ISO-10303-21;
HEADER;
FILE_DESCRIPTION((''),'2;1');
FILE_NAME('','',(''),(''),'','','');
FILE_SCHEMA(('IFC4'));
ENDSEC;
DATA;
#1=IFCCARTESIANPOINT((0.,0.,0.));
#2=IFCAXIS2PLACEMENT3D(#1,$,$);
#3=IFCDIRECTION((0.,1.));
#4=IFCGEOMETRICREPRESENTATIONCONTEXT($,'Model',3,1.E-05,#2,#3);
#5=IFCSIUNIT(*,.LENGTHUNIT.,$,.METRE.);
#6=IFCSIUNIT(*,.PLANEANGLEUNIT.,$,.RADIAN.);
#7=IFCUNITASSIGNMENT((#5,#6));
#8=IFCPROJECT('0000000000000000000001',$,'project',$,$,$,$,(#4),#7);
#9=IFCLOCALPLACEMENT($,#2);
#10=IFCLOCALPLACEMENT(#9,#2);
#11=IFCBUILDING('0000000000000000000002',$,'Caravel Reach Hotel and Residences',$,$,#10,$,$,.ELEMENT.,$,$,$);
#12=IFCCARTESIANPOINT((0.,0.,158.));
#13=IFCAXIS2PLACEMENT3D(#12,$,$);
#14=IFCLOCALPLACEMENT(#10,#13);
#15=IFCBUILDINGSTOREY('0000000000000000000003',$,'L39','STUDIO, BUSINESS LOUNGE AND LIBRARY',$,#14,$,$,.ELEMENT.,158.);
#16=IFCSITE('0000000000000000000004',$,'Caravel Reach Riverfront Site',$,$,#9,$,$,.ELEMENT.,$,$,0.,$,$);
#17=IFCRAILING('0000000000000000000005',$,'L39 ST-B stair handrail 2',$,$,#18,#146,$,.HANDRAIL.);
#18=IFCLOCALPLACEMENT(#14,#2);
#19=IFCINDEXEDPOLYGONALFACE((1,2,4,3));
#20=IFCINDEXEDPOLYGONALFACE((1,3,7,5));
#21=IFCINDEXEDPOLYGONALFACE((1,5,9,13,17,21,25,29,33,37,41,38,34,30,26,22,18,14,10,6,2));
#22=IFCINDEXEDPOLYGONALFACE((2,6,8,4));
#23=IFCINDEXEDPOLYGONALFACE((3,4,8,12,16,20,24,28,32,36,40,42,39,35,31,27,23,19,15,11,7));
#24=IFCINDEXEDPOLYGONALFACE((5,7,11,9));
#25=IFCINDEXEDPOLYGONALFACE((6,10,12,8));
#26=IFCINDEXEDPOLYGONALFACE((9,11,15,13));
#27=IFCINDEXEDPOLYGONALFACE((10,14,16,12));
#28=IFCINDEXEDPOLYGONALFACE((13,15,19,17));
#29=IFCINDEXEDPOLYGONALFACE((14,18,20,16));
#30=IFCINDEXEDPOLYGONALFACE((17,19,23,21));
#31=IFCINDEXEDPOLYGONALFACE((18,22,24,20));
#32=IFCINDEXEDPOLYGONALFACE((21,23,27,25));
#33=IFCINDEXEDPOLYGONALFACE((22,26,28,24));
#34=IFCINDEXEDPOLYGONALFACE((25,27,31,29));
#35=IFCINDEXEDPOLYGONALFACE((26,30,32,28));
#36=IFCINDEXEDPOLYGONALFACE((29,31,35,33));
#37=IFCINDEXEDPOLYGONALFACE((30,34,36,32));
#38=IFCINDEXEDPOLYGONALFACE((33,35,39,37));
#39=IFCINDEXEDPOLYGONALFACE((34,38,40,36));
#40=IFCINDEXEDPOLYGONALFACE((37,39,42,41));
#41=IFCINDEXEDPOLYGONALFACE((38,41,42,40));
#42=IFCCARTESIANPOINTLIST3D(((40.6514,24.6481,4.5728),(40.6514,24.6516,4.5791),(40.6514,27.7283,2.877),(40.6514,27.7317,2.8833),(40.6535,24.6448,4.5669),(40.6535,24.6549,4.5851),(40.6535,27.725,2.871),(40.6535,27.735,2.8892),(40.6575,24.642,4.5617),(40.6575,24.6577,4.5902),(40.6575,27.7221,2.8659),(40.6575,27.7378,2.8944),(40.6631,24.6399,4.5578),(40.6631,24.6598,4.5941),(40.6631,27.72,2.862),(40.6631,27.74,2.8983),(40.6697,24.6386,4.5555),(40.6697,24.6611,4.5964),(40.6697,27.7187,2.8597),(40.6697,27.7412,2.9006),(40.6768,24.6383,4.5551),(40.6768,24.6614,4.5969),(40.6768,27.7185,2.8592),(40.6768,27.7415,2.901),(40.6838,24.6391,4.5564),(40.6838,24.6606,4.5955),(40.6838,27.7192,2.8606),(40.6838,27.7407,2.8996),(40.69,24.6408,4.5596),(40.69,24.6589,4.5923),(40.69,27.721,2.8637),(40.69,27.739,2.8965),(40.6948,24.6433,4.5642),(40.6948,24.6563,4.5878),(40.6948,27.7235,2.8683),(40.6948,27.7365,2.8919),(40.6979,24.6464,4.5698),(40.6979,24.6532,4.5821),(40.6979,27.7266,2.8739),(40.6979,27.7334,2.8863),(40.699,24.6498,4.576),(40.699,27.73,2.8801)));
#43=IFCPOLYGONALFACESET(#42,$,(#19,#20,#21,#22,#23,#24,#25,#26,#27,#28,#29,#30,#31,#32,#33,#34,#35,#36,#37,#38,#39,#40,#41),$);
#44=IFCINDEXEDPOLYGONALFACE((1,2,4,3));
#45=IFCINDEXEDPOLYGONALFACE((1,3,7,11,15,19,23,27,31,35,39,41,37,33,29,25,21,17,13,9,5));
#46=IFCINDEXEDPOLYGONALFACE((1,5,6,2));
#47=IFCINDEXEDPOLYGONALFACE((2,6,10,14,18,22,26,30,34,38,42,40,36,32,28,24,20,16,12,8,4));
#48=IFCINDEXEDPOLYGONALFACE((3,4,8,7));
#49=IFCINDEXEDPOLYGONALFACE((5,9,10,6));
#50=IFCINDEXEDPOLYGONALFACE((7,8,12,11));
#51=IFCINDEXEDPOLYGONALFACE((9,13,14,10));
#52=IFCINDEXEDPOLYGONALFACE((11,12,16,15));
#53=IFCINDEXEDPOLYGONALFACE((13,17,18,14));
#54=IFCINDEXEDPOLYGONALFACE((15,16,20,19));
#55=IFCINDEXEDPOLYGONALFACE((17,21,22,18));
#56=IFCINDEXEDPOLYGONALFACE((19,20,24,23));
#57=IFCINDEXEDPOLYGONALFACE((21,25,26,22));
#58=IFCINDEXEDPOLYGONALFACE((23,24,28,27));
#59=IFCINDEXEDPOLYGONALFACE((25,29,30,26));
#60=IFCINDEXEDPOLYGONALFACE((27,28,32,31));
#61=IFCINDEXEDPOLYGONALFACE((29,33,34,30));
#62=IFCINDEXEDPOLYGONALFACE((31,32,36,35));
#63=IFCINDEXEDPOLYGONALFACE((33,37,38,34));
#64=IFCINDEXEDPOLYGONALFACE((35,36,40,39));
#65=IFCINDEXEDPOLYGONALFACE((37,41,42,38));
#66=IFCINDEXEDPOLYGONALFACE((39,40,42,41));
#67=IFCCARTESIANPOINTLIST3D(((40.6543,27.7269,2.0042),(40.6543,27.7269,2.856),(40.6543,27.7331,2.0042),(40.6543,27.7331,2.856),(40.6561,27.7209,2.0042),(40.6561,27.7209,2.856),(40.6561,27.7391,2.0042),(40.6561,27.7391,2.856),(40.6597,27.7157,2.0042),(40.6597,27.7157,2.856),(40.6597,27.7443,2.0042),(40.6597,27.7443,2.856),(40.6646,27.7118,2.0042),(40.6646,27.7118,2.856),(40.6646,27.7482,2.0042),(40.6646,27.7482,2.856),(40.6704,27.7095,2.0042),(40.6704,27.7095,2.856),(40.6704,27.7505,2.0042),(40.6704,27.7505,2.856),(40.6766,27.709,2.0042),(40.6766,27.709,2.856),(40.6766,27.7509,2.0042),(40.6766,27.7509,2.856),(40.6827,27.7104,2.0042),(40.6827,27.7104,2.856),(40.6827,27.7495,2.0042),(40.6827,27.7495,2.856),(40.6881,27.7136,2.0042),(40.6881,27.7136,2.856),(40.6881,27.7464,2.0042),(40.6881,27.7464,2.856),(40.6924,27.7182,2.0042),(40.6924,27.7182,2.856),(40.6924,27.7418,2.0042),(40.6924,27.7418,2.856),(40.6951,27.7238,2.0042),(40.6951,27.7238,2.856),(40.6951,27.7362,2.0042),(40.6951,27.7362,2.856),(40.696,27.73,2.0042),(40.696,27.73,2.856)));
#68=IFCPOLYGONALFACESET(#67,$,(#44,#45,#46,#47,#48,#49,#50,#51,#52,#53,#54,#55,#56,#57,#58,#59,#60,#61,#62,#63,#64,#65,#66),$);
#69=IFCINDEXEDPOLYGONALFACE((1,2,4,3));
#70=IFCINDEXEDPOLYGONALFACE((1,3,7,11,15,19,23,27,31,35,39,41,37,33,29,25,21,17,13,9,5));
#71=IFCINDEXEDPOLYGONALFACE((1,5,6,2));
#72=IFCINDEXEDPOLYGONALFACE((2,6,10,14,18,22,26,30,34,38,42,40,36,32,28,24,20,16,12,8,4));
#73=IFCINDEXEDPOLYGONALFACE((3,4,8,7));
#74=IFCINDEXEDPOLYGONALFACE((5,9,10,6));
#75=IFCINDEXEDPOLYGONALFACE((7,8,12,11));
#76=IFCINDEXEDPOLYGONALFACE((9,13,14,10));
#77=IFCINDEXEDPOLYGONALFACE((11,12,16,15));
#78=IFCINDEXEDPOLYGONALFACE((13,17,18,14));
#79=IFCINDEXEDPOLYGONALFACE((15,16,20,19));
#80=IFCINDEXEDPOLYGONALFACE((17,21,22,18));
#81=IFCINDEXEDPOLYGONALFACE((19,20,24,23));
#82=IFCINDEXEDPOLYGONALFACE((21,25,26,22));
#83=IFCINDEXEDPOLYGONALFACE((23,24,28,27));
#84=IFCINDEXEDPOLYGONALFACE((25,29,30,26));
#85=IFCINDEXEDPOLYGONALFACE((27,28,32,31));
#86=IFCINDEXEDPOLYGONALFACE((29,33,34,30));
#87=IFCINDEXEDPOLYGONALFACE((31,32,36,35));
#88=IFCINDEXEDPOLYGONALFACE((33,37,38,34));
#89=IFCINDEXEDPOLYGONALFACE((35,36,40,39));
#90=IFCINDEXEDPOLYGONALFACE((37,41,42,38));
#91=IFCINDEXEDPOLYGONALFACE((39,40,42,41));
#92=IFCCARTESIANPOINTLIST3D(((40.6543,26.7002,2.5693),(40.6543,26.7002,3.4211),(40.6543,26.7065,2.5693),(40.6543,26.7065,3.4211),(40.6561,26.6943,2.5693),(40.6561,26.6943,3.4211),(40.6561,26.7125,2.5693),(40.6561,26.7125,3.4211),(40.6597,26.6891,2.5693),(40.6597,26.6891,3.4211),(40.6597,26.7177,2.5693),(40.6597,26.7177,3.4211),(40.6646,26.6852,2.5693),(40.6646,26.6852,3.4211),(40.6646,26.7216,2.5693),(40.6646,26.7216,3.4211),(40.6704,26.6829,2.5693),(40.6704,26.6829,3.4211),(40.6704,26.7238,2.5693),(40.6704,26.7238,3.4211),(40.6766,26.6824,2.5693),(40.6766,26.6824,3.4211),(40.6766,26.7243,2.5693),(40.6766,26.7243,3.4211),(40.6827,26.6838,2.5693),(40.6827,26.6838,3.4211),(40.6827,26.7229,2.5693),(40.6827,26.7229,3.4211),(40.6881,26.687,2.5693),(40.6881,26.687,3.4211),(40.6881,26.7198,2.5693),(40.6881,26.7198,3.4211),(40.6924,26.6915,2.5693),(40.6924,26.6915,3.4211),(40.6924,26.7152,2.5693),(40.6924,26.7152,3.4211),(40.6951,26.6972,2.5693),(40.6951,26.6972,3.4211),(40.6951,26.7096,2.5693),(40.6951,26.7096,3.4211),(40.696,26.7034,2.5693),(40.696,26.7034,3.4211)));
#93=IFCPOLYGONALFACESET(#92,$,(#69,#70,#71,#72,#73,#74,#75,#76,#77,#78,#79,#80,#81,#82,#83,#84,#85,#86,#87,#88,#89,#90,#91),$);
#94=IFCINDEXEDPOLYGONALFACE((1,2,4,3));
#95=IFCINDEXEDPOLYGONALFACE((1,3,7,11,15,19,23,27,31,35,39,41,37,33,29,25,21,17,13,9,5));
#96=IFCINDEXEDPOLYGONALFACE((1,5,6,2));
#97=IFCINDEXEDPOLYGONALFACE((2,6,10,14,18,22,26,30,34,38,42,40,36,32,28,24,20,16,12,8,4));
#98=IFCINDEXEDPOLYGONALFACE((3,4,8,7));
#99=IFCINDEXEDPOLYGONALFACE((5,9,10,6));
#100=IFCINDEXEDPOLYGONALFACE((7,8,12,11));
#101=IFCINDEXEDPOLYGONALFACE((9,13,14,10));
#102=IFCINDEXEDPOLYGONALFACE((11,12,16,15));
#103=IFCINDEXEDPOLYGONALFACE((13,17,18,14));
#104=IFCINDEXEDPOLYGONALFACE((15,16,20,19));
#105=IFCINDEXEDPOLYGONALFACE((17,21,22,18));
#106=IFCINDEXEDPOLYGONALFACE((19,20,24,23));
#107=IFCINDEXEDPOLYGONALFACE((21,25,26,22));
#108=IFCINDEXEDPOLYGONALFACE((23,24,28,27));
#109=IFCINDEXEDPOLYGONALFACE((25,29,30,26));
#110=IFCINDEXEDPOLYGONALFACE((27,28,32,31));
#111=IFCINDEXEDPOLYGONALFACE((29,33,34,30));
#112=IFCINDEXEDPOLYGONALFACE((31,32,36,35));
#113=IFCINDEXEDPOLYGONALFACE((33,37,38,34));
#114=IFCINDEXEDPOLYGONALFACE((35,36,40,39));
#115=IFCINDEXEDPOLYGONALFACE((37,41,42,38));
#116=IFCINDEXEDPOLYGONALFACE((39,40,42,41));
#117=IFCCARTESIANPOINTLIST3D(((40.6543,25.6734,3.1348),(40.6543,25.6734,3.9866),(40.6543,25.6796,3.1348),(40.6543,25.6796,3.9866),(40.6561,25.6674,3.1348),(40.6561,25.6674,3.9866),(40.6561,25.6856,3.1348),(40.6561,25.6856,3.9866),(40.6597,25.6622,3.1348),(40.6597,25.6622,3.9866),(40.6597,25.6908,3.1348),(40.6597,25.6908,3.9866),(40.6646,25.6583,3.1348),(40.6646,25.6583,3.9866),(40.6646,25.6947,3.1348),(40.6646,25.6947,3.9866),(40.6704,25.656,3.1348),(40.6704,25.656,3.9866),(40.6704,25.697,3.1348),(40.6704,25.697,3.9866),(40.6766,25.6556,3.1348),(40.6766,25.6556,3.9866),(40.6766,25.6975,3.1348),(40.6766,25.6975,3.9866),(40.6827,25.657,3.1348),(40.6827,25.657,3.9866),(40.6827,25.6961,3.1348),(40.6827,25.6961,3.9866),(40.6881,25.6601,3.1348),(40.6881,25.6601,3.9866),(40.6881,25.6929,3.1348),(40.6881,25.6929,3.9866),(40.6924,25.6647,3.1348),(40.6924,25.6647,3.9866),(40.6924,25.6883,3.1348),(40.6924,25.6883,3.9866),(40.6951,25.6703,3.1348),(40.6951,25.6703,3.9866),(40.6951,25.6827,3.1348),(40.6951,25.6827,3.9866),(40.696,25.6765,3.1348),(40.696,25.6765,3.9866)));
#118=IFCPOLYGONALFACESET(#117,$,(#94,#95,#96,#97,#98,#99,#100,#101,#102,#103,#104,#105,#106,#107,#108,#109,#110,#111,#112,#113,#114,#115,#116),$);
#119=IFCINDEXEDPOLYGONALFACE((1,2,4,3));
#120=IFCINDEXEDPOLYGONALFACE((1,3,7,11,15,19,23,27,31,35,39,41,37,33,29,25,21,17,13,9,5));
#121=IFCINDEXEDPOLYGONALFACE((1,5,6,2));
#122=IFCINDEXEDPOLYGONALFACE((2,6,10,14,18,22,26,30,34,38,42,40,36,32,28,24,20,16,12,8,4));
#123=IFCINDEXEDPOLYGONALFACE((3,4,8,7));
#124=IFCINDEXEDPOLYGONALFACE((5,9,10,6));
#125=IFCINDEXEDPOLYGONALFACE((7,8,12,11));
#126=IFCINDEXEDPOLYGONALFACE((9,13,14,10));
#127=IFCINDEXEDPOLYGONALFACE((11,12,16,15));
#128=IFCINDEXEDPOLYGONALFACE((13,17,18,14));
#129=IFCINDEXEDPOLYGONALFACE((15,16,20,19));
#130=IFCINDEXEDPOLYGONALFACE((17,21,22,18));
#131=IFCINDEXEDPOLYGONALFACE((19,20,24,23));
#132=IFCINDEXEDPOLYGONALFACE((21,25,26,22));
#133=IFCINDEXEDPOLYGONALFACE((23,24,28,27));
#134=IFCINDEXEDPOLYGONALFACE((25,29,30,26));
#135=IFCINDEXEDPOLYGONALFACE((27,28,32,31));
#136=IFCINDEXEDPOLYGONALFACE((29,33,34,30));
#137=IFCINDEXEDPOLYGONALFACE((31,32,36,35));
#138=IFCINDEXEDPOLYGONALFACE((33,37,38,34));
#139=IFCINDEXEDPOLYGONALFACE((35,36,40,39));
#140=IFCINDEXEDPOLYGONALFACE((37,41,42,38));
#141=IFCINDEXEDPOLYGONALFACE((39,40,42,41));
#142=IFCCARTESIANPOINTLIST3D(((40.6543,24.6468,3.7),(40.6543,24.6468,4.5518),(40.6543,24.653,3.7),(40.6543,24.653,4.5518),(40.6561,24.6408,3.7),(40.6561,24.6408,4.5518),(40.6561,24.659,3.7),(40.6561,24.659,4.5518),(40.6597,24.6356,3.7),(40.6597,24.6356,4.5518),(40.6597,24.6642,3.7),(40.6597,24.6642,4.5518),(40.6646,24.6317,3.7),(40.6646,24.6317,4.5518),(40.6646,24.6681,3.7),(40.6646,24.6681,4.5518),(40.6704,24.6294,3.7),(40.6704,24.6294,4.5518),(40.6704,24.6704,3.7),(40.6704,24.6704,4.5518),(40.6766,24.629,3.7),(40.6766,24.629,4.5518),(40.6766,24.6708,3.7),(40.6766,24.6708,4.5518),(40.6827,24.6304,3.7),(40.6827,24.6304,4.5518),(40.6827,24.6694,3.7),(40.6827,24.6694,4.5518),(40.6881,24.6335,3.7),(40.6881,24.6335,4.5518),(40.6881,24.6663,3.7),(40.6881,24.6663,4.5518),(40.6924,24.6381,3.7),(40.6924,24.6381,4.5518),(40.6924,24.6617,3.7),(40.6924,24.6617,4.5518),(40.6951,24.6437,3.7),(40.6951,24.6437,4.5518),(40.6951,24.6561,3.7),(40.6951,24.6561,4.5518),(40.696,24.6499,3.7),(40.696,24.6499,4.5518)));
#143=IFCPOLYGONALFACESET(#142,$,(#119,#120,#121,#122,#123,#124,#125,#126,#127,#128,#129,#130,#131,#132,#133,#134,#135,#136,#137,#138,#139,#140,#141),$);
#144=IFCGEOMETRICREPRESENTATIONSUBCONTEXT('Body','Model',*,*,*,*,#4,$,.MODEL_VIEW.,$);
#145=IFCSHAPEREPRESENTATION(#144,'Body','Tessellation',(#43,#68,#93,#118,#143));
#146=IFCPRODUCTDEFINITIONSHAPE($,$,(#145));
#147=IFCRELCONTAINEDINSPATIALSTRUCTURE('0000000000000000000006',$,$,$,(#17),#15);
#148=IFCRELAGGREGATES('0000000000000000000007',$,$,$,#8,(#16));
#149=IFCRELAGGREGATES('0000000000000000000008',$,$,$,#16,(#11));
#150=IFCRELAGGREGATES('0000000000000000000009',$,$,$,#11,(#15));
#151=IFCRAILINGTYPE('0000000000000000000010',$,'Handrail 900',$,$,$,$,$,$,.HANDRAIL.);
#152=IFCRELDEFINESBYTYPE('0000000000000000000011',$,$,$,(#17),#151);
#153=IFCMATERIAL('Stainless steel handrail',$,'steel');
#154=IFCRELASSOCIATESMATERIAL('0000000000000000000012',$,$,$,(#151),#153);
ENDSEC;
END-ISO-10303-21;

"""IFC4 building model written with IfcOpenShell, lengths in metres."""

from ifc_helpers import new_model, si_unit, direction, frame, origin, origin_2d, place, context, subcontext, project, spatial, circle, extrude, material, type_object, element, save


model = new_model("IFC4")

# Units and contexts
model_context = context("Model", 3, precision=1e-05, world=origin(), true_north=direction((0.0, 1.0)))
body_context = subcontext(model_context, "Body", "Model", "MODEL_VIEW")
ifc_project = project(units=[si_unit("LENGTHUNIT", "METRE"), si_unit("PLANEANGLEUNIT", "RADIAN")], contexts=[model_context])

# Site, building, storey
site_placement = place(None, origin())
site = spatial("IfcSite", under=ifc_project, at=site_placement, Name="Caravel Reach Riverfront Site", CompositionType="ELEMENT", RefElevation=0.0)
building_placement = place(site_placement, origin())
building = spatial("IfcBuilding", under=site, at=building_placement, Name="Caravel Reach Hotel and Residences", CompositionType="ELEMENT")
storey_placement = place(building_placement, frame((0.0, 0.0, 158.0)))
storey = spatial("IfcBuildingStorey", under=building, at=storey_placement, Name="L39", Description="STUDIO, BUSINESS LOUNGE AND LIBRARY", CompositionType="ELEMENT", Elevation=158.0)

# Railing
ifc_material_1 = material(Name="Stainless steel handrail", Category="steel")
railing_type_1 = type_object("IfcRailingType", Name="Handrail 900", PredefinedType="HANDRAIL", material=ifc_material_1)
railing_1_placement = place(storey_placement, frame((40.675, 27.73, 2.0042)))
element("IfcRailing", 1, at=railing_1_placement, inside=storey, type_object=railing_type_1, Name="L39 ST-B stair handrail 2", PredefinedType="HANDRAIL", context=body_context, shape_type="SweptSolid", body=[
    extrude(circle(Radius=0.0239, at=origin_2d()), frame((0.0, 0.0, 0.876), z_axis=(0.0, -0.876005, 0.482303), x_axis=(1.0, 0.0, 0.0)), (0.0, 0.0, 1.0), 3.5161),
    extrude(circle(Radius=0.021, at=origin_2d()), origin(), (0.0, 0.0, 1.0), 0.8518),
    extrude(circle(Radius=0.021, at=origin_2d()), frame((0.0, -1.0266, 0.5652)), (0.0, 0.0, 1.0), 0.8518),
    extrude(circle(Radius=0.021, at=origin_2d()), frame((0.0, -2.0535, 1.1306)), (0.0, 0.0, 1.0), 0.8518),
    extrude(circle(Radius=0.021, at=origin_2d()), frame((0.0, -3.0801, 1.6958)), (0.0, 0.0, 1.0), 0.8518),
])

save(model, "model.ifc")
